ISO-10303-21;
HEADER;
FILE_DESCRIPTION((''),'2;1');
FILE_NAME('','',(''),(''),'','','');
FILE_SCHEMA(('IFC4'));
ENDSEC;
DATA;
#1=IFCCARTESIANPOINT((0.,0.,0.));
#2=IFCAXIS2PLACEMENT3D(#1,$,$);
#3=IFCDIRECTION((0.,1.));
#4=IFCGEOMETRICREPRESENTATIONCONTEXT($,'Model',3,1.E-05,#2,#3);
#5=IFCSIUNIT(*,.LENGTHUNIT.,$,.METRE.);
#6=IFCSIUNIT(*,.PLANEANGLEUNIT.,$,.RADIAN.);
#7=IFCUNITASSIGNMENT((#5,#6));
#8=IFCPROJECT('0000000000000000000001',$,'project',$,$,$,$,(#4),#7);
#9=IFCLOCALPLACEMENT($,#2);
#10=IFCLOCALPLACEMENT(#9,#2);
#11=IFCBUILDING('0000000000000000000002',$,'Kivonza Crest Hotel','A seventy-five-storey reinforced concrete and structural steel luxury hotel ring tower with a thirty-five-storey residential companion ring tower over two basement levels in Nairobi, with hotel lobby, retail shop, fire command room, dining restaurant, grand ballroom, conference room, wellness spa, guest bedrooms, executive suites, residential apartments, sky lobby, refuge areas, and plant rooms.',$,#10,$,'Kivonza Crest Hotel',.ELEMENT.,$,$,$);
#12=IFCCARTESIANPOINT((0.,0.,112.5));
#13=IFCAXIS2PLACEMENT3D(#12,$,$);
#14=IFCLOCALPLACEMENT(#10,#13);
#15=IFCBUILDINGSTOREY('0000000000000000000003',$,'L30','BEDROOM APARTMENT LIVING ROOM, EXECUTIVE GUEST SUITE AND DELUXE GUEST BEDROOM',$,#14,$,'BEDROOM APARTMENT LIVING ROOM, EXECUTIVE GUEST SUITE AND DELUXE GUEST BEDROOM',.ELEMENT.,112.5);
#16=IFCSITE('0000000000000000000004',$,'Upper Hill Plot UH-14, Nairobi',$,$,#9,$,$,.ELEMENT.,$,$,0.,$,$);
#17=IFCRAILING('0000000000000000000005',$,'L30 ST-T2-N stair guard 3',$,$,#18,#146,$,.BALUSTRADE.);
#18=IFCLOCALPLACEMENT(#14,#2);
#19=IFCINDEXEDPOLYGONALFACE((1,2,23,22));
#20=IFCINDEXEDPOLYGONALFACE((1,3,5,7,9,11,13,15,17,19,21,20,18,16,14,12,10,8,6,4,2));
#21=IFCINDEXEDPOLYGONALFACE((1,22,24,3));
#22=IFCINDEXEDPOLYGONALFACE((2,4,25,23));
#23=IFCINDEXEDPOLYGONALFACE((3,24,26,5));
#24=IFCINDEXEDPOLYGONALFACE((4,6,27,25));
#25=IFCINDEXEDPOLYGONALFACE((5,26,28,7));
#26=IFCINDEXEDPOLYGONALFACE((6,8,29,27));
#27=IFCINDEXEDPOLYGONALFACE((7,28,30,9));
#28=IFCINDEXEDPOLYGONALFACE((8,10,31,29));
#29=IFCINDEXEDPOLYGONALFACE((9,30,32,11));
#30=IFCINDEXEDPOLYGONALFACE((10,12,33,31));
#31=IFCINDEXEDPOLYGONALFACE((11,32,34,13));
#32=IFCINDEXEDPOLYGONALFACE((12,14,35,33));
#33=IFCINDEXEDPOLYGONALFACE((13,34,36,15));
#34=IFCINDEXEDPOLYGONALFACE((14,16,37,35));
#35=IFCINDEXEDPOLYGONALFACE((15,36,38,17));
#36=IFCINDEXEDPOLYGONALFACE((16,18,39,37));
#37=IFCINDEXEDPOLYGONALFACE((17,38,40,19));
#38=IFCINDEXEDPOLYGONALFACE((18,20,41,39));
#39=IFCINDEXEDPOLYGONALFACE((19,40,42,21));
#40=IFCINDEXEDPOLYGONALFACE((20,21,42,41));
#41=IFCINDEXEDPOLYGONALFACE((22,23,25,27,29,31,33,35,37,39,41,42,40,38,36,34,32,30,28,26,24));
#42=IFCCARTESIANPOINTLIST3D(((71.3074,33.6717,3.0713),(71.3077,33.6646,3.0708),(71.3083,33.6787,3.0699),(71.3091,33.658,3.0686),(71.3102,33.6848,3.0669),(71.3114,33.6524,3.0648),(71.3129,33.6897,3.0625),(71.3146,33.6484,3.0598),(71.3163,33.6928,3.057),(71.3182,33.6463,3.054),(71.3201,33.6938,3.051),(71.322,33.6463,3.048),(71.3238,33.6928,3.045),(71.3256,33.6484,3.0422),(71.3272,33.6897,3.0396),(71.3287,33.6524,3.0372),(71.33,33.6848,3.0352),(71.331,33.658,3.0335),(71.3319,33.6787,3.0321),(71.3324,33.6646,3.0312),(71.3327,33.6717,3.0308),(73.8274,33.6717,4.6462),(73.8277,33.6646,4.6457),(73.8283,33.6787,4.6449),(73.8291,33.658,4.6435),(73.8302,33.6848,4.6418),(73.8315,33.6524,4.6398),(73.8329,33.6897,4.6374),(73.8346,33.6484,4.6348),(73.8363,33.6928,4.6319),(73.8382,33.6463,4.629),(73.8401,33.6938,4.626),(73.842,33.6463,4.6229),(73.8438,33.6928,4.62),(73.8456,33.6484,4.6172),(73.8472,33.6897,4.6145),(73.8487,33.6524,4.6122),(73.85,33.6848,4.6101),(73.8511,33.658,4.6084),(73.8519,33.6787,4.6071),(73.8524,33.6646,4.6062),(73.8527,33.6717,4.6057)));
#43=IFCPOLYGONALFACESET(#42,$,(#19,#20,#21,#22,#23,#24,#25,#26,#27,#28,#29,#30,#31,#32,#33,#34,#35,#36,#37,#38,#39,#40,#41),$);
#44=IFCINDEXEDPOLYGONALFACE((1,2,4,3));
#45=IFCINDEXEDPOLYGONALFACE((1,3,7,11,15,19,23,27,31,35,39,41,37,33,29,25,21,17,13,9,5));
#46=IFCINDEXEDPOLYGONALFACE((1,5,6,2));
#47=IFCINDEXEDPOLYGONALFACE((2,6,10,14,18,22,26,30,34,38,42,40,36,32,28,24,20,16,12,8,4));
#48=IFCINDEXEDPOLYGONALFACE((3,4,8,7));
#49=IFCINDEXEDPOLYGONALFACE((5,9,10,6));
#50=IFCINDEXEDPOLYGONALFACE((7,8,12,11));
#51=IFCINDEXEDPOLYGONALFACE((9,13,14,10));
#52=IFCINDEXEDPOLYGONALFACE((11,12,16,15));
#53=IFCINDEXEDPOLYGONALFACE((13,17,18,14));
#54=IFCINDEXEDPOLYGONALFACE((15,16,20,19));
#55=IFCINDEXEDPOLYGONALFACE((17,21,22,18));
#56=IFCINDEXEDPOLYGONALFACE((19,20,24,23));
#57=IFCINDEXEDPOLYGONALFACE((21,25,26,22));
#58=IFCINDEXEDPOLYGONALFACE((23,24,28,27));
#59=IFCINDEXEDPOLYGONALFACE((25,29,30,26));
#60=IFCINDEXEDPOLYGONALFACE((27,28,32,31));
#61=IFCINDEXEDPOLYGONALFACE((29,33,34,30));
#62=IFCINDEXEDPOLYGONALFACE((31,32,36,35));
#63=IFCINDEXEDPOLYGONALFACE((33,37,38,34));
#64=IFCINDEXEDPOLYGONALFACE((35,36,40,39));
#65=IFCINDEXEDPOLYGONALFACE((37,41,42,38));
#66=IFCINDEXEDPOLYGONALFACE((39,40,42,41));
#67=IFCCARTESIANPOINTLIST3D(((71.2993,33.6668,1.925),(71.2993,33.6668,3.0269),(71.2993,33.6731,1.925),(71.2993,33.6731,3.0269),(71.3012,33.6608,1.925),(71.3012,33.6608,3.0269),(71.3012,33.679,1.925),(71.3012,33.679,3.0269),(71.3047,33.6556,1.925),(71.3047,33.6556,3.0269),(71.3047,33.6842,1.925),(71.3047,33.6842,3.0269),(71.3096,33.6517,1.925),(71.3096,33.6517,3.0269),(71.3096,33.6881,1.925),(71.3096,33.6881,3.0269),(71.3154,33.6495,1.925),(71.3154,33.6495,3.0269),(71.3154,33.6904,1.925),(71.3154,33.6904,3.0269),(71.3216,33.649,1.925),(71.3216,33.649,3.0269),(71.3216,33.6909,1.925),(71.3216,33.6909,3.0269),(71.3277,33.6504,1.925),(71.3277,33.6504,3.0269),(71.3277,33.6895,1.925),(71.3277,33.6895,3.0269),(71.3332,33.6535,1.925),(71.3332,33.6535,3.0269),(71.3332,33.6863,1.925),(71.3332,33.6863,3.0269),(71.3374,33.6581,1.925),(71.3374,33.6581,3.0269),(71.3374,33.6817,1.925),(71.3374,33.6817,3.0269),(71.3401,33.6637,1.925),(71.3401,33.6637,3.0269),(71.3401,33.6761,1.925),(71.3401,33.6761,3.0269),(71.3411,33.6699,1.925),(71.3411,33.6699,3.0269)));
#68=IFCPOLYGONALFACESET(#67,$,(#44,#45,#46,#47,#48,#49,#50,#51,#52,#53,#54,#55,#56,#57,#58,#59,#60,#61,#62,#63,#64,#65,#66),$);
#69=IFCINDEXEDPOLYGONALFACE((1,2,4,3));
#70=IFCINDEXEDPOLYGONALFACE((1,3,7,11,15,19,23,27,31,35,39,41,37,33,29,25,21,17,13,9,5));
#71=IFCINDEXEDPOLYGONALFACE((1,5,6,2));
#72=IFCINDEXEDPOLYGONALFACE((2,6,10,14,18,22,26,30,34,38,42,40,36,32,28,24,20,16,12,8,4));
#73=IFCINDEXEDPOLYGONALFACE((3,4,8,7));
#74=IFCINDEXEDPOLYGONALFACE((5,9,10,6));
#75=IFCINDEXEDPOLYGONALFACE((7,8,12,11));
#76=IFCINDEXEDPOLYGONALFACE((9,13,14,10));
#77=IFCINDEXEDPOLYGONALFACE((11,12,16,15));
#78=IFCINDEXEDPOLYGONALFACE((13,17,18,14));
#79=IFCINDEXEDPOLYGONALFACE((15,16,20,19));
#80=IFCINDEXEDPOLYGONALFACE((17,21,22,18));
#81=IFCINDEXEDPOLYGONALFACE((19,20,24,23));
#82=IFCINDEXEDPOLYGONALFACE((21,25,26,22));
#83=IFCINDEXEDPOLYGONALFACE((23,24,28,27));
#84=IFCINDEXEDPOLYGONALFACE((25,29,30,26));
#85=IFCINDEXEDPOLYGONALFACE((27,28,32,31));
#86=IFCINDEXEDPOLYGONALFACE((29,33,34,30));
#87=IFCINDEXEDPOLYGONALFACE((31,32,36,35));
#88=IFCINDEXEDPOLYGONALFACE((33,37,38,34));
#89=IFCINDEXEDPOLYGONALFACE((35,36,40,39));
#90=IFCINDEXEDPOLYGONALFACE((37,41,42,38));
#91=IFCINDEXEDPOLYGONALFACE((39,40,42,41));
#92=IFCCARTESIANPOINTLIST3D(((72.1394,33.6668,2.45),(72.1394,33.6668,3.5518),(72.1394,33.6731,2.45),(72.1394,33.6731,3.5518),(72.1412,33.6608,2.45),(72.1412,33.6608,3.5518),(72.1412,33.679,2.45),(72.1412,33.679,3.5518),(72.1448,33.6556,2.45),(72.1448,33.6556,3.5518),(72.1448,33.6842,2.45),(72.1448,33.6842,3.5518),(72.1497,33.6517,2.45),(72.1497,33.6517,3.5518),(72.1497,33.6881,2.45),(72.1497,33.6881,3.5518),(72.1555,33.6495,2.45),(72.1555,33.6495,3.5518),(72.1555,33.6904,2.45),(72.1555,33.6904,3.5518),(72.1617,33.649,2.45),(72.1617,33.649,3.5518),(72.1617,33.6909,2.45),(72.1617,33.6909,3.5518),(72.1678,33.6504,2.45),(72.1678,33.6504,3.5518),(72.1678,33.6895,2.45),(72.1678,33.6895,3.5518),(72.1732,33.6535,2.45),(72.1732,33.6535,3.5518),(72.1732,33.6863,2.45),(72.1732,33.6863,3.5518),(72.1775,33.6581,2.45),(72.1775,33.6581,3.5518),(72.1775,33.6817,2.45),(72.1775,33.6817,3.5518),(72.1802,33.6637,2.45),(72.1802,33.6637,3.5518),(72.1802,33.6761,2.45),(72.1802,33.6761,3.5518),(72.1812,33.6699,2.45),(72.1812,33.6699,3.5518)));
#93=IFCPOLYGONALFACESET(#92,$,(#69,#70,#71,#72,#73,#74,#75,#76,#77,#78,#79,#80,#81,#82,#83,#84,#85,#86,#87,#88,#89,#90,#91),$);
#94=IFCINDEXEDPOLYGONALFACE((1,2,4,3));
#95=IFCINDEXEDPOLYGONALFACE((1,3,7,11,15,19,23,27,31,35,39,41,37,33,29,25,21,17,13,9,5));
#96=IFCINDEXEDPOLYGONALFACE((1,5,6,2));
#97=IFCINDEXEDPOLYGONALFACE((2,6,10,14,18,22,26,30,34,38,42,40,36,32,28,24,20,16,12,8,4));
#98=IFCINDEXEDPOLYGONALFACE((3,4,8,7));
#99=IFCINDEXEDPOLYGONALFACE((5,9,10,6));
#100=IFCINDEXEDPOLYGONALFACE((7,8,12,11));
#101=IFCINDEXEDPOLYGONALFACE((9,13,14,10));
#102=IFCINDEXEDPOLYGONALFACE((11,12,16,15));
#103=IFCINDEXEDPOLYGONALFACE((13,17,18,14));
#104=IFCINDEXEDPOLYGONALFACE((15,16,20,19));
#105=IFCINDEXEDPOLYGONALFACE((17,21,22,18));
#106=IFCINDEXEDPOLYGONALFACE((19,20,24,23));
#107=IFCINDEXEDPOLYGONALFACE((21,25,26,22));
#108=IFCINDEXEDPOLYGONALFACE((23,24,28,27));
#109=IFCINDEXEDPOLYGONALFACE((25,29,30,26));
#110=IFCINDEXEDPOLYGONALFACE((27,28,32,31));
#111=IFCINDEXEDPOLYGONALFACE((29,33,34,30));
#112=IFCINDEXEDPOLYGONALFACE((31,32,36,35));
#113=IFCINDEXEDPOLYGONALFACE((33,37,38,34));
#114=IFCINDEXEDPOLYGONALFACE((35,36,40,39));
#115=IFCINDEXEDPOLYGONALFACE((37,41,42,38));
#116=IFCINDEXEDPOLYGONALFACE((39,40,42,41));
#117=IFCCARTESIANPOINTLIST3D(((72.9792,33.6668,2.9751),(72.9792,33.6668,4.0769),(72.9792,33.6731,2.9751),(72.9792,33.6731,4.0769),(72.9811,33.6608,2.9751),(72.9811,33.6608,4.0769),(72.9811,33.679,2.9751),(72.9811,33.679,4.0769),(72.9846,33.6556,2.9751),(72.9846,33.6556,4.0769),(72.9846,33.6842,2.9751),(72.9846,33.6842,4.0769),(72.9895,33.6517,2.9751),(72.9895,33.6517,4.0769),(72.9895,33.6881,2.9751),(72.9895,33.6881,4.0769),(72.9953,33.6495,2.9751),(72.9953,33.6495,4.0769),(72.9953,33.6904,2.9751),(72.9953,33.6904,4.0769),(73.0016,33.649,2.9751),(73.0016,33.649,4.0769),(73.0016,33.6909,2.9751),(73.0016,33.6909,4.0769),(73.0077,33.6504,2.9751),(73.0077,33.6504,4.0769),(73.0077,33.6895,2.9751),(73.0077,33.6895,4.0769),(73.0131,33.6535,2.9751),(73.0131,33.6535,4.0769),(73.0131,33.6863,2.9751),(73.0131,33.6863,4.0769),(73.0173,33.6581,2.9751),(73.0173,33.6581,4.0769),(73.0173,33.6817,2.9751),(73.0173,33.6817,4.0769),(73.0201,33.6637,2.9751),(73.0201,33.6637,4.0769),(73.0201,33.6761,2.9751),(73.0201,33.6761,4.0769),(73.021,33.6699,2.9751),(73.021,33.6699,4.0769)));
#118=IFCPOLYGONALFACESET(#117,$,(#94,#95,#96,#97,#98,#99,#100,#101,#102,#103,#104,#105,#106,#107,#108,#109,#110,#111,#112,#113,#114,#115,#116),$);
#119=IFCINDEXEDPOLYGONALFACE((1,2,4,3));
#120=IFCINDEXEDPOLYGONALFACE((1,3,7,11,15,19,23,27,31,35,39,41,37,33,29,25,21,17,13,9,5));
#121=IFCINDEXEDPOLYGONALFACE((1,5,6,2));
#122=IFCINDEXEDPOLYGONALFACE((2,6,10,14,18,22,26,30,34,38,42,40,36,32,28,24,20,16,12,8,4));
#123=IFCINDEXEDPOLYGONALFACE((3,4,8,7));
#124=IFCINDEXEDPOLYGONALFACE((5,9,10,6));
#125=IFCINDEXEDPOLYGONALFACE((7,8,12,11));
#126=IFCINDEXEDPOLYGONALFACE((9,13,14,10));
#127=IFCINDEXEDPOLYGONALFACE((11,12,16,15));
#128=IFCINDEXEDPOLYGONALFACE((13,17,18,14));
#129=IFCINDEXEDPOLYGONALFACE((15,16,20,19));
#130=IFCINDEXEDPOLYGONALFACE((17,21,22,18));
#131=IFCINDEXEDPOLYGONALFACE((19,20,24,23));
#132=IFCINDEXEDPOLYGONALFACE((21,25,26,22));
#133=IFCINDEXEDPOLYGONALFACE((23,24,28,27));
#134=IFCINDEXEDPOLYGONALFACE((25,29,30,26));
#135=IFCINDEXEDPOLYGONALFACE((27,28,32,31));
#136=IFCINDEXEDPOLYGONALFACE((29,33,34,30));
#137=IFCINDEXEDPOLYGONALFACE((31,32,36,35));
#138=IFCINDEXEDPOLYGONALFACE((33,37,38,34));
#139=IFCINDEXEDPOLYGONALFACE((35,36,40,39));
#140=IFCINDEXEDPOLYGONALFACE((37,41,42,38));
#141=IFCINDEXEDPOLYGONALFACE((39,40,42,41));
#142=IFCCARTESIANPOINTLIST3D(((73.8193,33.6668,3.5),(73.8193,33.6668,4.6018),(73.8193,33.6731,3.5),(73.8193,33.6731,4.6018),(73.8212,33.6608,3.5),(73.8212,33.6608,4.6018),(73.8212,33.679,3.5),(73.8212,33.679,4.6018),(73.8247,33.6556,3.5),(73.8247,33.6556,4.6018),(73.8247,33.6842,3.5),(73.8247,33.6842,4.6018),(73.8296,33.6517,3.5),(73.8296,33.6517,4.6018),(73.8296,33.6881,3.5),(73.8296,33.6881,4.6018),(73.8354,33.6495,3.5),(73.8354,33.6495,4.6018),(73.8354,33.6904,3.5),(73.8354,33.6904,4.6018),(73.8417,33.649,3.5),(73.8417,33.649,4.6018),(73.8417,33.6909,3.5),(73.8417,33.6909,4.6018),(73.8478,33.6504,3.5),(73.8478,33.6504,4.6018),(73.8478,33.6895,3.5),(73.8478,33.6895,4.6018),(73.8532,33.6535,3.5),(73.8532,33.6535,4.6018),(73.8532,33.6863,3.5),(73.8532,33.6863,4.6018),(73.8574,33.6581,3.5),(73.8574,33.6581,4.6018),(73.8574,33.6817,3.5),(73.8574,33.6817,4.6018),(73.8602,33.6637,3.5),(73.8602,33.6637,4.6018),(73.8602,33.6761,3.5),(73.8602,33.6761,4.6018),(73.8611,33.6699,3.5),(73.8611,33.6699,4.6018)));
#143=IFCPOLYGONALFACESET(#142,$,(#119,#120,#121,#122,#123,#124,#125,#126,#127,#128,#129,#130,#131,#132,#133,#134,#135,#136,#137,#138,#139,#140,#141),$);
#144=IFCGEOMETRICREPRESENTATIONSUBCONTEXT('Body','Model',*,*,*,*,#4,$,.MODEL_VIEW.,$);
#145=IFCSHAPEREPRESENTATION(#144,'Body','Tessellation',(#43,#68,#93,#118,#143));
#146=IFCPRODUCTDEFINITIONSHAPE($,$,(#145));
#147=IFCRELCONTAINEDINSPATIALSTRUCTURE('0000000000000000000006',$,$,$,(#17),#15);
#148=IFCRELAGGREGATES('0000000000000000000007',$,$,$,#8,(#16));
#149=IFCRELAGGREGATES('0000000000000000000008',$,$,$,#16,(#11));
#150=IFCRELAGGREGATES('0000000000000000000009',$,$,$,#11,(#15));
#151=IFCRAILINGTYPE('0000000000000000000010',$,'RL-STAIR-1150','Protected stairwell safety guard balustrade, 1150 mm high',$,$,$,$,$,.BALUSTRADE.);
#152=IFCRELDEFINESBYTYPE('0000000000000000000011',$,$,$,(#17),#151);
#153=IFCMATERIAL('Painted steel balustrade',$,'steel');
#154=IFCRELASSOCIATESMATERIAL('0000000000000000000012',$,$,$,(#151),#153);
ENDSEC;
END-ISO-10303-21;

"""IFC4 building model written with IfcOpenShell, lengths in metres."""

from ifc_helpers import new_model, si_unit, direction, frame, origin, origin_2d, place, context, subcontext, project, spatial, circle, extrude, material, type_object, element, save


model = new_model("IFC4")

# Units and contexts
model_context = context("Model", 3, precision=1e-05, world=origin(), true_north=direction((0.0, 1.0)))
body_context = subcontext(model_context, "Body", "Model", "MODEL_VIEW")
ifc_project = project(units=[si_unit("LENGTHUNIT", "METRE"), si_unit("PLANEANGLEUNIT", "RADIAN")], contexts=[model_context])

# Site, building, storey
site_placement = place(None, origin())
site = spatial("IfcSite", under=ifc_project, at=site_placement, Name="Upper Hill Plot UH-14, Nairobi", CompositionType="ELEMENT", RefElevation=0.0)
building_placement = place(site_placement, origin())
building = spatial("IfcBuilding", under=site, at=building_placement, Name="Kivonza Crest Hotel", Description="A seventy-five-storey reinforced concrete and structural steel luxury hotel ring tower with a thirty-five-storey residential companion ring tower over two basement levels in Nairobi, with hotel lobby, retail shop, fire command room, dining restaurant, grand ballroom, conference room, wellness spa, guest bedrooms, executive suites, residential apartments, sky lobby, refuge areas, and plant rooms.", LongName="Kivonza Crest Hotel", CompositionType="ELEMENT")
storey_placement = place(building_placement, frame((0.0, 0.0, 112.5)))
storey = spatial("IfcBuildingStorey", under=building, at=storey_placement, Name="L30", Description="BEDROOM APARTMENT LIVING ROOM, EXECUTIVE GUEST SUITE AND DELUXE GUEST BEDROOM", LongName="BEDROOM APARTMENT LIVING ROOM, EXECUTIVE GUEST SUITE AND DELUXE GUEST BEDROOM", CompositionType="ELEMENT", Elevation=112.5)

# Railing
ifc_material_1 = material(Name="Painted steel balustrade", Category="steel")
railing_type_1 = type_object("IfcRailingType", Name="RL-STAIR-1150", Description="Protected stairwell safety guard balustrade, 1150 mm high", PredefinedType="BALUSTRADE", material=ifc_material_1)
railing_1_placement = place(storey_placement, frame((71.3201, 33.6699, 1.925)))
element("IfcRailing", 1, at=railing_1_placement, inside=storey, type_object=railing_type_1, Name="L30 ST-T2-N stair guard 3", PredefinedType="BALUSTRADE", context=body_context, shape_type="SweptSolid", body=[
    extrude(circle(Radius=0.0239, at=origin_2d()), frame((0.0, 0.0, 1.126), z_axis=(0.848008, 0.0, 0.529984), x_axis=(0.0, 1.0, 0.0)), (0.0, 0.0, 1.0), 2.9717),
    extrude(circle(Radius=0.021, at=origin_2d()), origin(), (0.0, 0.0, 1.0), 1.1018),
    extrude(circle(Radius=0.021, at=origin_2d()), frame((0.8401, 0.0, 0.5249)), (0.0, 0.0, 1.0), 1.1018),
    extrude(circle(Radius=0.021, at=origin_2d()), frame((1.6799, 0.0, 1.05)), (0.0, 0.0, 1.0), 1.1018),
    extrude(circle(Radius=0.021, at=origin_2d()), frame((2.52, 0.0, 1.575)), (0.0, 0.0, 1.0), 1.1018),
])

save(model, "model.ifc")
